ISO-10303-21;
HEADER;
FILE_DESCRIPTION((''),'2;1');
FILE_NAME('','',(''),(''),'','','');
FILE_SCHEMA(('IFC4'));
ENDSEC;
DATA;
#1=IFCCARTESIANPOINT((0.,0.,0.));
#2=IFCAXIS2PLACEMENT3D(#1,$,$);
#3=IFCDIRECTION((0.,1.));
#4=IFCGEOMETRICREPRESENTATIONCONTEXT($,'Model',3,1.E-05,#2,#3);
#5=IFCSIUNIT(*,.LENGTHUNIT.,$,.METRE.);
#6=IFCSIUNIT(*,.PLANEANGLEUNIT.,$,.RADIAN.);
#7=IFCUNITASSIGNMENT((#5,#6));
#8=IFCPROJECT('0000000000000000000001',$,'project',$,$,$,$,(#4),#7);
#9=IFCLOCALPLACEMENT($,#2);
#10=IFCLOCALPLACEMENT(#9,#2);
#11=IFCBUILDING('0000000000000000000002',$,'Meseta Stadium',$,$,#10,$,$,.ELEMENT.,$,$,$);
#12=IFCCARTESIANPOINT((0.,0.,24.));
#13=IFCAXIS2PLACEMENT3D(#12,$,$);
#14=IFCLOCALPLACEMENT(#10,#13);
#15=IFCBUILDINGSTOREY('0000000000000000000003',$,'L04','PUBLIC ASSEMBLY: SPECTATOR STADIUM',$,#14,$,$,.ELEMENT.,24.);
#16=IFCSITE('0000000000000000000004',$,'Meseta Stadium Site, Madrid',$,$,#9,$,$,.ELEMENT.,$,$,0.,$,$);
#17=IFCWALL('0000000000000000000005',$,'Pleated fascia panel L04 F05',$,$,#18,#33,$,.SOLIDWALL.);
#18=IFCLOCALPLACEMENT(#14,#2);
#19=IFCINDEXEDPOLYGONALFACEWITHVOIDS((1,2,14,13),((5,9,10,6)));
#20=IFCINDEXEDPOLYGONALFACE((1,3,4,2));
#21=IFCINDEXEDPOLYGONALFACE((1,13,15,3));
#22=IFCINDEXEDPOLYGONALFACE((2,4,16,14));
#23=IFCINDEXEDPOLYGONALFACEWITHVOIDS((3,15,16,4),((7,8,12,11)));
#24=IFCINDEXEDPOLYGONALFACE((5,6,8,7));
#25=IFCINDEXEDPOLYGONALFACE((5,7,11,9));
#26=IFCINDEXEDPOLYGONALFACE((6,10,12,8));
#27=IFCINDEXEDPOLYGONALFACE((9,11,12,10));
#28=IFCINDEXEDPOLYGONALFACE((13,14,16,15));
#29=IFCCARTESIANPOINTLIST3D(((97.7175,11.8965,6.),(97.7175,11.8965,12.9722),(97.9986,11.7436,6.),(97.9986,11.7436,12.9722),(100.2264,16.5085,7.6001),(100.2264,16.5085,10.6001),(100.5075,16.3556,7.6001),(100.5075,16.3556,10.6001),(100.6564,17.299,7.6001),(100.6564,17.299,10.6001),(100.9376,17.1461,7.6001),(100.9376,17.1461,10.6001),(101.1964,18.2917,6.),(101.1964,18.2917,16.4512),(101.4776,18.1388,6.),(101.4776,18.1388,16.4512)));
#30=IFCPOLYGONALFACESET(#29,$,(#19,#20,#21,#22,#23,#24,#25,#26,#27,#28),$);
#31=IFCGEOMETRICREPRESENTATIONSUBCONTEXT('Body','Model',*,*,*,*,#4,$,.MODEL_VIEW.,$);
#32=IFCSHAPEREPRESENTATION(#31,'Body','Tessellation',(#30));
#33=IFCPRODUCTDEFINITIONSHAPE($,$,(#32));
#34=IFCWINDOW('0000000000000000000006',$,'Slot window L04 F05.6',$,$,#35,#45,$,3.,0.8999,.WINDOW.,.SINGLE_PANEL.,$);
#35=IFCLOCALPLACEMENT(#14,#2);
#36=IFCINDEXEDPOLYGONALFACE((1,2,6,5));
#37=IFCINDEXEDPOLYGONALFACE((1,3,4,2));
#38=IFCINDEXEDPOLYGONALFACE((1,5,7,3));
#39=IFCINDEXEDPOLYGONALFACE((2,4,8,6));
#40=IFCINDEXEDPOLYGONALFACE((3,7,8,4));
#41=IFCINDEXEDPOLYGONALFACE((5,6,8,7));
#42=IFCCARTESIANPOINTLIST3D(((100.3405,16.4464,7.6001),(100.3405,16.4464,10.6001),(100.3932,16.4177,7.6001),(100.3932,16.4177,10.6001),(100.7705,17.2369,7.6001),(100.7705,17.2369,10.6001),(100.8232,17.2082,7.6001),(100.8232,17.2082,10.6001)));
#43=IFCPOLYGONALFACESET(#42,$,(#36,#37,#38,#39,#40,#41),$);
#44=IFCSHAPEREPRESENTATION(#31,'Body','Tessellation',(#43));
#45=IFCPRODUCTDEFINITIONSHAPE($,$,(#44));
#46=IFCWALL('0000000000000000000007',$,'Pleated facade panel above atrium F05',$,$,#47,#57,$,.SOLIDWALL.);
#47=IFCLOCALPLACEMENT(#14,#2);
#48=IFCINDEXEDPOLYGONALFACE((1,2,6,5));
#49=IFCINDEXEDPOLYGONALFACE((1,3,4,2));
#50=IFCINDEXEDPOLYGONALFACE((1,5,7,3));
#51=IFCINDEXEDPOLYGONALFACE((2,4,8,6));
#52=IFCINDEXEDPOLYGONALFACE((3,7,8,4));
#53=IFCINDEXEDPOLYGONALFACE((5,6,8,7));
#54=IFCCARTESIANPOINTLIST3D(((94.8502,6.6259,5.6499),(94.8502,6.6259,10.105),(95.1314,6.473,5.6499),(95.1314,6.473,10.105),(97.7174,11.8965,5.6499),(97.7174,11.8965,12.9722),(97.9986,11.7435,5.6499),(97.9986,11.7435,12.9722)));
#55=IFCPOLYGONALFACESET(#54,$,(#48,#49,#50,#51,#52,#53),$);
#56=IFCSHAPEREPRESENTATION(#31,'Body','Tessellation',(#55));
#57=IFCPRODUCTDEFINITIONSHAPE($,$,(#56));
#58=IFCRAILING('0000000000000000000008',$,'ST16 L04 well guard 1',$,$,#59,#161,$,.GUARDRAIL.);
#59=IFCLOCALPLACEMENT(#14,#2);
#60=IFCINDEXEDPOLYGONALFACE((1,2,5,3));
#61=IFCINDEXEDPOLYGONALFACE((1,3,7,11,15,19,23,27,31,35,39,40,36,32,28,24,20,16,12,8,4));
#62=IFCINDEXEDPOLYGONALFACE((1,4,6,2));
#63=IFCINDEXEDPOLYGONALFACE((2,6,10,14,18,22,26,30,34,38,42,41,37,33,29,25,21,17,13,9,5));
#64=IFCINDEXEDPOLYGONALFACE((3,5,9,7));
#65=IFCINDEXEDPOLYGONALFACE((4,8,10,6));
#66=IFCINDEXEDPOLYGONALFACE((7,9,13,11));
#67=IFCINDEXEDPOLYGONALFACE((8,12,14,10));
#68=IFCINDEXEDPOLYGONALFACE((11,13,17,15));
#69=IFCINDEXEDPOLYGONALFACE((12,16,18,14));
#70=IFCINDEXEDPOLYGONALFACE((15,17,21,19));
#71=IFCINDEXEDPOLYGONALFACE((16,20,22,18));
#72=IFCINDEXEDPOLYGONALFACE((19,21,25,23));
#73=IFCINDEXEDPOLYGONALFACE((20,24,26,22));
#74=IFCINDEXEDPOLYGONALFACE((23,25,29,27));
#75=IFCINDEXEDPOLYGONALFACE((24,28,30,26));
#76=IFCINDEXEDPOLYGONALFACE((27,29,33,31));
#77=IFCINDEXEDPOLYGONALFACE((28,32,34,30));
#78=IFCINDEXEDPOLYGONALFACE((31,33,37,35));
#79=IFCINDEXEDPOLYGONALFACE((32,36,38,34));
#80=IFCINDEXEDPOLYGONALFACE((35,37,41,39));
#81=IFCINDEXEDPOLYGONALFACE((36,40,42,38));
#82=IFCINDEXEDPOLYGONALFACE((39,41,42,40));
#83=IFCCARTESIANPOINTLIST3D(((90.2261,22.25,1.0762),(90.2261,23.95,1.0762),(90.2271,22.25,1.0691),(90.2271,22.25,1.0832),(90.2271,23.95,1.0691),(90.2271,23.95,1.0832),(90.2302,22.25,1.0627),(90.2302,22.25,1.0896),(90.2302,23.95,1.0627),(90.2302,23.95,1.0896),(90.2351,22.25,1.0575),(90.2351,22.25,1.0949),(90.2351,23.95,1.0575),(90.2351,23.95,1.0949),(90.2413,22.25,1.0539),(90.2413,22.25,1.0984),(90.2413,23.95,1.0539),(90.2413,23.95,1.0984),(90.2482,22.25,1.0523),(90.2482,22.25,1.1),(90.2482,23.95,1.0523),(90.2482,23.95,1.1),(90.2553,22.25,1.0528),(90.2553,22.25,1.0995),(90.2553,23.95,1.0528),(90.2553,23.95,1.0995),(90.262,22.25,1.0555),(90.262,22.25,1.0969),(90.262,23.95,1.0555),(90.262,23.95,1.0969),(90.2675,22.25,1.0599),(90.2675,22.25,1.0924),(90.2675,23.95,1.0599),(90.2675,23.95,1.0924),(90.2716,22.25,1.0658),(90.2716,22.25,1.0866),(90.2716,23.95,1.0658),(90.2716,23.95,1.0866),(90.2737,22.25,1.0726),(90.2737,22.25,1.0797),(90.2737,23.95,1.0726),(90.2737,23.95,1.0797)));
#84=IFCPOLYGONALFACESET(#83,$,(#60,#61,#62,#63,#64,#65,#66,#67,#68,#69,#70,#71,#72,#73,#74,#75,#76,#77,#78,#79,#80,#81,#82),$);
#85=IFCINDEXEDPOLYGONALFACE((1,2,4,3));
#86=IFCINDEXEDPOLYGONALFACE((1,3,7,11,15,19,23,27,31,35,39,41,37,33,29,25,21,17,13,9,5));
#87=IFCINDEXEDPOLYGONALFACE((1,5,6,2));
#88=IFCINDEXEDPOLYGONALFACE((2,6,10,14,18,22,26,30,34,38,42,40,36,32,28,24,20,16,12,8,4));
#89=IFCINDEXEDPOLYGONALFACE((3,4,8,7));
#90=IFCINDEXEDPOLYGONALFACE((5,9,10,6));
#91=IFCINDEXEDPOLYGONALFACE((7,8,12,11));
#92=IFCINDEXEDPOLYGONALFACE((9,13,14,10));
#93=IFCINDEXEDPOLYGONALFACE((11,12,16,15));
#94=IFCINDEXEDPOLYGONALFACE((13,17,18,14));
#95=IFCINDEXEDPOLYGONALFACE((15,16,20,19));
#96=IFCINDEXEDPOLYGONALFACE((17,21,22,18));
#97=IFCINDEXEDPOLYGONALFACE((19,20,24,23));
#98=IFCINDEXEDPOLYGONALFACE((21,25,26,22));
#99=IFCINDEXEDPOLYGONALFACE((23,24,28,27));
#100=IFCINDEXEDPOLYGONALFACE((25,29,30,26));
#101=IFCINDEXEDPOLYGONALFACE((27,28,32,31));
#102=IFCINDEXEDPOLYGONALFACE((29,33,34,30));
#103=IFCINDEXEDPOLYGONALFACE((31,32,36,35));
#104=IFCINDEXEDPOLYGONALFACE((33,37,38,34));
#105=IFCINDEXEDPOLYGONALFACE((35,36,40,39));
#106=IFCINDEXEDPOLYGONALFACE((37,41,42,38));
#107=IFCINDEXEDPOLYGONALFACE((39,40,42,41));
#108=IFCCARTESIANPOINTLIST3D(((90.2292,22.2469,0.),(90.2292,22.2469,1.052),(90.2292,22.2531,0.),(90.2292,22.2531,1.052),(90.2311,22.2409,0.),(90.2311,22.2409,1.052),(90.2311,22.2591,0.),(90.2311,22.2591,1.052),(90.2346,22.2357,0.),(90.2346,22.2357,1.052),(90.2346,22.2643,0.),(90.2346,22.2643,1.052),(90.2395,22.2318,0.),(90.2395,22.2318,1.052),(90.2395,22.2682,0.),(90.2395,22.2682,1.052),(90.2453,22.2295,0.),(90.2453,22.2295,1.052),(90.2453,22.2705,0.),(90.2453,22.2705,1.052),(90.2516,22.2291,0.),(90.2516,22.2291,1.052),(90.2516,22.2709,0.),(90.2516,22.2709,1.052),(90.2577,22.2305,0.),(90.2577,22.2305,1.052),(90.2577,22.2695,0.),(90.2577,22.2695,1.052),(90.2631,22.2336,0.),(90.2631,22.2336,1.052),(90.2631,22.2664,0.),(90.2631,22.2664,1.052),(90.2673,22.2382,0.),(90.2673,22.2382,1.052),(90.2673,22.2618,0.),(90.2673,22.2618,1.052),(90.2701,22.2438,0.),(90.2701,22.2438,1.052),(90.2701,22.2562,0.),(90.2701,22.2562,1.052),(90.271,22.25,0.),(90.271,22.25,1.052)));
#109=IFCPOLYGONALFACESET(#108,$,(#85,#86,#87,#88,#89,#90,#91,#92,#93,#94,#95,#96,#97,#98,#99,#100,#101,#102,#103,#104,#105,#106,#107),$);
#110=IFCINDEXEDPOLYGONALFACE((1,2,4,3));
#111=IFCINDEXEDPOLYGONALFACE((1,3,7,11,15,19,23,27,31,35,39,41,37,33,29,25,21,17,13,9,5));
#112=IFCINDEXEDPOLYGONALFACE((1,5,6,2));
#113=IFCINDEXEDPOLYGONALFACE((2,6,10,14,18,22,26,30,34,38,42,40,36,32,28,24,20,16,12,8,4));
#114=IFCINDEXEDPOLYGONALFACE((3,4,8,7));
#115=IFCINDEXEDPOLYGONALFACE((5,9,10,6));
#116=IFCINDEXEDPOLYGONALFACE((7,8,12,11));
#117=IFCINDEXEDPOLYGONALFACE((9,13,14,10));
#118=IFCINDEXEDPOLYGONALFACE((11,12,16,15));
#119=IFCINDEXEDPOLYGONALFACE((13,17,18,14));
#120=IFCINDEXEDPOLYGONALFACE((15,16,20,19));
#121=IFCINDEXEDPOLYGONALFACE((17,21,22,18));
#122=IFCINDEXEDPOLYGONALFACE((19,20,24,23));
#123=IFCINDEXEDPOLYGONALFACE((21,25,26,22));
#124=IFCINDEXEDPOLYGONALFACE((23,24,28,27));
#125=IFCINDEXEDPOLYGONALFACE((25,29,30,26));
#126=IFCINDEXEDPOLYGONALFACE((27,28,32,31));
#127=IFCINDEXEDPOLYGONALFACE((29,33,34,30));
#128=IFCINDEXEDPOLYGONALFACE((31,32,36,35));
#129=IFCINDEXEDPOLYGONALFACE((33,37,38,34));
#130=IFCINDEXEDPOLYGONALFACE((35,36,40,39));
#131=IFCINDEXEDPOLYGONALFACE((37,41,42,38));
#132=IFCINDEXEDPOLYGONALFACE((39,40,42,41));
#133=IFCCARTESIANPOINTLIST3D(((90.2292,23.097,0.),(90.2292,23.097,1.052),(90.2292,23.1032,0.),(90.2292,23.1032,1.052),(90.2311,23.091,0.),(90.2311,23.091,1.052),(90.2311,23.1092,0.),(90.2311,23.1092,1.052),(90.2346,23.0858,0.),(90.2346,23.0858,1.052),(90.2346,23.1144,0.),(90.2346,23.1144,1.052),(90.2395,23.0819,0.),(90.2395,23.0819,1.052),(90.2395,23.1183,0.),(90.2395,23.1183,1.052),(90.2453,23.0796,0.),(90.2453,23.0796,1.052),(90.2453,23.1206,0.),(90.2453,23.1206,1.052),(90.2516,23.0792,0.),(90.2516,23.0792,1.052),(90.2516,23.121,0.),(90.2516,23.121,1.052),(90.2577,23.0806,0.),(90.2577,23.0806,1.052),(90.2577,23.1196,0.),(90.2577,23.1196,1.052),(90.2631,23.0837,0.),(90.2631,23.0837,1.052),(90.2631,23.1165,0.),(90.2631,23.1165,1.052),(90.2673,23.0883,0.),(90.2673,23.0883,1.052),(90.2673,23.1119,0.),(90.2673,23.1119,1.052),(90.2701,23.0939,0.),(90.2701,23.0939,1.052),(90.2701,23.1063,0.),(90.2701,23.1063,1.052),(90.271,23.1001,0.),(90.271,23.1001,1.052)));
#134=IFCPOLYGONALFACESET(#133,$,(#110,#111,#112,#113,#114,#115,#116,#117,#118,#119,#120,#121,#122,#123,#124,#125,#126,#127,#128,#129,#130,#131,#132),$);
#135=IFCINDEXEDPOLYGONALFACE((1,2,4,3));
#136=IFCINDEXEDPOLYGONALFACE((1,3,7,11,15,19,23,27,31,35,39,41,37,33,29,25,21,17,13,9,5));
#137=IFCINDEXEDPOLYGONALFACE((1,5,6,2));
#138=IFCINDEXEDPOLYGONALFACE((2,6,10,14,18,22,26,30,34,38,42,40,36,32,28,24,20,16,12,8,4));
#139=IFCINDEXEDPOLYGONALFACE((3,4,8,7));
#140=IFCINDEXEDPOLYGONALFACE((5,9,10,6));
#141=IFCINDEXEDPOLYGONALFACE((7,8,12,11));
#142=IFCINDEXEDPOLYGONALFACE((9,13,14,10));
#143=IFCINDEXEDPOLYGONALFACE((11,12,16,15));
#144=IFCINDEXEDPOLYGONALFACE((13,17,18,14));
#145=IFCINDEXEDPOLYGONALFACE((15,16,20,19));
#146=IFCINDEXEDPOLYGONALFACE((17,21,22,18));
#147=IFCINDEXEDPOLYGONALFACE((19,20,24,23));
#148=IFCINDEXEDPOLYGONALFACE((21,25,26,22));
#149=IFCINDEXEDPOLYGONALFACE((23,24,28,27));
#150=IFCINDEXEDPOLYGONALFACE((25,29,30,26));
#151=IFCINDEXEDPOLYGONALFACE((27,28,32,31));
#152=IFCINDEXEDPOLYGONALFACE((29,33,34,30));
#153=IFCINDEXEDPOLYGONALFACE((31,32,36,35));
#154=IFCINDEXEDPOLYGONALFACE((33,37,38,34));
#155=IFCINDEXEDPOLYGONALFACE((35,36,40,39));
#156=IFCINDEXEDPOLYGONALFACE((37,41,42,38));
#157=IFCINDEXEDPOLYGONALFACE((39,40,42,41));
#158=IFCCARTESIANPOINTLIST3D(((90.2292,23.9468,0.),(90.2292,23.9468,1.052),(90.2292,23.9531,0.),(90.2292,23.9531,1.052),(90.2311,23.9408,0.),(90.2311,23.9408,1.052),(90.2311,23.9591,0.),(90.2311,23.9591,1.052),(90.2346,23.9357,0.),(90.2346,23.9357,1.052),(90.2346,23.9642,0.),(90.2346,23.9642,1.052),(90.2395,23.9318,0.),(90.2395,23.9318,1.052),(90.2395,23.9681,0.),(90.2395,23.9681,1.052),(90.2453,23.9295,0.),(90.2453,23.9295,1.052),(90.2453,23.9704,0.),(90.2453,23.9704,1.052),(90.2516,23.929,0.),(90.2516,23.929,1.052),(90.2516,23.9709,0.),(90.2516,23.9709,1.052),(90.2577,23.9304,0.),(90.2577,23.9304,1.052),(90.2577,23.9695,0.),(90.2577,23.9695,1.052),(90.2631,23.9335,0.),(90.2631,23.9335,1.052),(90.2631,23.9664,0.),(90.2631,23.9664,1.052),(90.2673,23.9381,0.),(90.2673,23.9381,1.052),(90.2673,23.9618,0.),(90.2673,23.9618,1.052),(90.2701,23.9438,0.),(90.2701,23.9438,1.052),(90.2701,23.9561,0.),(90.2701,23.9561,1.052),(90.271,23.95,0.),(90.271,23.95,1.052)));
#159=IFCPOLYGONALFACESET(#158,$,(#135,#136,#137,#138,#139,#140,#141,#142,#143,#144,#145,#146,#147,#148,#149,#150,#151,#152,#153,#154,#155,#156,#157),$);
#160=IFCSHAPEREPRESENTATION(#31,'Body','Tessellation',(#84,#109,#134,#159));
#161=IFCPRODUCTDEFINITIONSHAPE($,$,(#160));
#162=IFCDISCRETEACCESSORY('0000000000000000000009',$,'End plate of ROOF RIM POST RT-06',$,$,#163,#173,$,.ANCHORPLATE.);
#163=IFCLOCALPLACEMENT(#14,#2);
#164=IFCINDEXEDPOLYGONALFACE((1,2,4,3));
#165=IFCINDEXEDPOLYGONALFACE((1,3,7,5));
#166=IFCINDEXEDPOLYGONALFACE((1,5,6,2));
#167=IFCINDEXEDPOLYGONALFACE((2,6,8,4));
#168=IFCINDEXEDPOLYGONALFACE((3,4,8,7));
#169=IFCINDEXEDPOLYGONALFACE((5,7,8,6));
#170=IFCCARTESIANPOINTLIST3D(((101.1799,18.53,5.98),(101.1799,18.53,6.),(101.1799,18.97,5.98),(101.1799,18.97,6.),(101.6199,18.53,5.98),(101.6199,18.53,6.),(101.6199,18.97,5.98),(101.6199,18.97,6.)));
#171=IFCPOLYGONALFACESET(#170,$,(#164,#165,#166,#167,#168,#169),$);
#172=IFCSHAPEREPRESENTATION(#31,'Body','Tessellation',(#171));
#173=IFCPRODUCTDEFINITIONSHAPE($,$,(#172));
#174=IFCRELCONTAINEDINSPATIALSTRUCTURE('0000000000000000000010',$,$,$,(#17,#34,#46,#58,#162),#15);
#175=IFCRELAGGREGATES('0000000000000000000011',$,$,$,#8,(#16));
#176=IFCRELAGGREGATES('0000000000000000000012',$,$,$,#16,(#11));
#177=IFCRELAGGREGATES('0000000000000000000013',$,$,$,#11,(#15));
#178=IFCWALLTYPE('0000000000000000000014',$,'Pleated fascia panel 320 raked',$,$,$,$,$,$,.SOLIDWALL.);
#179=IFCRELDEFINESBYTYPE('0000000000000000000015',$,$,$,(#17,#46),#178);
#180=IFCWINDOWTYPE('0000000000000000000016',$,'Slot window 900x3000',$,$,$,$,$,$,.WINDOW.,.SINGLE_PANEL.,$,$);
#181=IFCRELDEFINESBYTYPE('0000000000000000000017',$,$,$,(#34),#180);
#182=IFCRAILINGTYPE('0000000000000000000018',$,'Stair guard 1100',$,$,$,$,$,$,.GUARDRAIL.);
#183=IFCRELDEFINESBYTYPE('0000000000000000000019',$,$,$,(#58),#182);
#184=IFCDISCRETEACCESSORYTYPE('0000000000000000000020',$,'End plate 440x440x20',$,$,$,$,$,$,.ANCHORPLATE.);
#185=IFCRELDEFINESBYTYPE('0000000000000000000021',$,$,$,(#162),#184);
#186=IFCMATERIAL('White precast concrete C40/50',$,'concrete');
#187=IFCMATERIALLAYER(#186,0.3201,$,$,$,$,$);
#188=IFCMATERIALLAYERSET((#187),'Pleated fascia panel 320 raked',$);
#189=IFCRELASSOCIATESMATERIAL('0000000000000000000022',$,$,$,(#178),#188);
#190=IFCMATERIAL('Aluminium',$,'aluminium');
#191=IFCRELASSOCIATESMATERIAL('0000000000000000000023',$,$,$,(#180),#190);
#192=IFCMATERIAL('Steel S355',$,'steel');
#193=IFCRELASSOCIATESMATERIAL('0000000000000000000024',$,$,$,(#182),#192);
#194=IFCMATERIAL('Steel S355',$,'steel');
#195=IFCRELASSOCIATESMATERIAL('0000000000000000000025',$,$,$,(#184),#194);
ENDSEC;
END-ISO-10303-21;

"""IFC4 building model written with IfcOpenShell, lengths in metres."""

from ifc_helpers import new_model, si_unit, direction, frame, frame_2d, origin, origin_2d, place, context, subcontext, project, spatial, polyline, rectangle, circle, outline, extrude, material, layer, layer_set, material_profile, profile_set, type_object, element, fill, save


model = new_model("IFC4")

# Units and contexts
model_context = context("Model", 3, precision=1e-05, world=origin(), true_north=direction((0.0, 1.0)))
body_context = subcontext(model_context, "Body", "Model", "MODEL_VIEW")
ifc_project = project(units=[si_unit("LENGTHUNIT", "METRE"), si_unit("PLANEANGLEUNIT", "RADIAN")], contexts=[model_context])

# Site, building, storey
site_placement = place(None, origin())
site = spatial("IfcSite", under=ifc_project, at=site_placement, Name="Meseta Stadium Site, Madrid", CompositionType="ELEMENT", RefElevation=0.0)
building_placement = place(site_placement, origin())
building = spatial("IfcBuilding", under=site, at=building_placement, Name="Meseta Stadium", CompositionType="ELEMENT")
storey_placement = place(building_placement, frame((0.0, 0.0, 24.0)))
storey = spatial("IfcBuildingStorey", under=building, at=storey_placement, Name="L04", Description="PUBLIC ASSEMBLY: SPECTATOR STADIUM", CompositionType="ELEMENT", Elevation=24.0)

# Wall, opening, window
ifc_material_1 = material(Name="White precast concrete C40/50", Category="concrete")
ifc_layer_1 = layer(ifc_material_1, 0.3201)
ifc_layer_set_1 = layer_set([ifc_layer_1], Name="Pleated fascia panel 320 raked")
wall_type_1 = type_object("IfcWallType", Name="Pleated fascia panel 320 raked", PredefinedType="SOLIDWALL", material=ifc_layer_set_1)
wall_1_placement = place(storey_placement, frame((101.3369, 18.2153, 6.0), z_axis=(0.0, 0.0, 1.0), x_axis=(-0.477865, -0.878433, 0.0)))
wall_1 = element("IfcWall", 1, at=wall_1_placement, inside=storey, type_object=wall_type_1, Name="Pleated fascia panel L04 F05", PredefinedType="SOLIDWALL", context=body_context, shape_type="SweptSolid", body=[
    extrude(outline(polyline([(0.0, 0.0), (7.2803, 0.0), (7.2803, 6.9722), (0.0, 10.4512), (0.0, 0.0)])), frame((0.0, 0.1602, 0.0), z_axis=(0.0, -1.0, 0.0), x_axis=(1.0, 0.0, 0.0)), (0.0, 0.0, 1.0), 0.3201),
])
opening_1_placement = place(wall_1_placement, frame((1.1301, 0.0, 1.6001)))
opening_1 = element("IfcOpeningElement", 2, at=opening_1_placement, cuts=wall_1, PredefinedType="OPENING", context=body_context, shape_type="SweptSolid", body=[
    extrude(rectangle(XDim=0.8999, YDim=3.0, at=frame_2d((0.45, 1.5))), frame((0.0, 0.1699, 0.0), z_axis=(0.0, -1.0, 0.0), x_axis=(1.0, 0.0, 0.0)), (0.0, 0.0, 1.0), 0.3401),
])
ifc_material_2 = material(Name="Aluminium", Category="aluminium")
window_type = type_object("IfcWindowType", Name="Slot window 900x3000", PartitioningType="SINGLE_PANEL", PredefinedType="WINDOW", material=ifc_material_2)
window_placement = place(opening_1_placement, origin())
window = element("IfcWindow", 3, at=window_placement, inside=storey, type_object=window_type, Name="Slot window L04 F05.6", OverallHeight=3.0, OverallWidth=0.8999, PartitioningType="SINGLE_PANEL", PredefinedType="WINDOW", context=body_context, shape_type="SweptSolid", body=[
    extrude(rectangle(XDim=0.8999, YDim=3.0, at=frame_2d((0.45, 1.5))), frame((0.0, 0.03, 0.0), z_axis=(0.0, -1.0, 0.0), x_axis=(1.0, 0.0, 0.0)), (0.0, 0.0, 1.0), 0.0601),
])
fill(opening_1, window)

# Wall
wall_2_placement = place(storey_placement, frame((97.8579, 11.8201, 5.6499), z_axis=(0.0, 0.0, 1.0), x_axis=(-0.477871, -0.87843, 0.0)))
element("IfcWall", 4, at=wall_2_placement, inside=storey, type_object=wall_type_1, Name="Pleated facade panel above atrium F05", PredefinedType="SOLIDWALL", context=body_context, shape_type="SweptSolid", body=[
    extrude(outline(polyline([(0.0, 0.0), (6.0, 0.0), (6.0, 4.4551), (0.0, 7.3223), (0.0, 0.0)])), frame((0.0, 0.1602, 0.0), z_axis=(0.0, -1.0, 0.0), x_axis=(1.0, 0.0, 0.0)), (0.0, 0.0, 1.0), 0.3201),
])

# Railing
ifc_material_3 = material(Name="Steel S355", Category="steel")
railing_type = type_object("IfcRailingType", Name="Stair guard 1100", PredefinedType="GUARDRAIL", material=ifc_material_3)
railing_placement = place(storey_placement, frame((90.25, 22.25, 0.0)))
element("IfcRailing", 5, at=railing_placement, inside=storey, type_object=railing_type, Name="ST16 L04 well guard 1", PredefinedType="GUARDRAIL", context=body_context, shape_type="SweptSolid", body=[
    extrude(circle(Radius=0.0239, at=origin_2d()), frame((0.0, 0.0, 1.0762), z_axis=(0.0, 1.0, 0.0), x_axis=(-1.0, 0.0, 0.0)), (0.0, 0.0, 1.0), 1.7),
    extrude(circle(Radius=0.021, at=origin_2d()), origin(), (0.0, 0.0, 1.0), 1.052),
    extrude(circle(Radius=0.021, at=origin_2d()), frame((0.0, 0.8501, 0.0)), (0.0, 0.0, 1.0), 1.052),
    extrude(circle(Radius=0.021, at=origin_2d()), frame((0.0, 1.7, 0.0)), (0.0, 0.0, 1.0), 1.052),
])

# Discrete accessory
ifc_material_4 = material(Name="Steel S355", Category="steel")
ifc_material_profile_1 = material_profile(ifc_material_4, rectangle(XDim=0.4399, YDim=0.4399, at=origin_2d()), Name="PL 440x440")
ifc_profile_set_1 = profile_set([ifc_material_profile_1], Name="Steel S355")
discrete_accessory_type = type_object("IfcDiscreteAccessoryType", Name="End plate 440x440x20", PredefinedType="ANCHORPLATE", material=ifc_profile_set_1)
discrete_accessory_placement = place(storey_placement, frame((101.3999, 18.75, 5.98), z_axis=(0.0, 0.0, 1.0), x_axis=(1.0, 0.0, 0.0)))
element("IfcDiscreteAccessory", 6, at=discrete_accessory_placement, inside=storey, type_object=discrete_accessory_type, Name="End plate of ROOF RIM POST RT-06", PredefinedType="ANCHORPLATE", context=body_context, shape_type="SweptSolid", body=[
    extrude(rectangle(XDim=0.4399, YDim=0.4399, at=origin_2d()), origin(), (0.0, 0.0, 1.0), 0.02),
])

save(model, "model.ifc")
